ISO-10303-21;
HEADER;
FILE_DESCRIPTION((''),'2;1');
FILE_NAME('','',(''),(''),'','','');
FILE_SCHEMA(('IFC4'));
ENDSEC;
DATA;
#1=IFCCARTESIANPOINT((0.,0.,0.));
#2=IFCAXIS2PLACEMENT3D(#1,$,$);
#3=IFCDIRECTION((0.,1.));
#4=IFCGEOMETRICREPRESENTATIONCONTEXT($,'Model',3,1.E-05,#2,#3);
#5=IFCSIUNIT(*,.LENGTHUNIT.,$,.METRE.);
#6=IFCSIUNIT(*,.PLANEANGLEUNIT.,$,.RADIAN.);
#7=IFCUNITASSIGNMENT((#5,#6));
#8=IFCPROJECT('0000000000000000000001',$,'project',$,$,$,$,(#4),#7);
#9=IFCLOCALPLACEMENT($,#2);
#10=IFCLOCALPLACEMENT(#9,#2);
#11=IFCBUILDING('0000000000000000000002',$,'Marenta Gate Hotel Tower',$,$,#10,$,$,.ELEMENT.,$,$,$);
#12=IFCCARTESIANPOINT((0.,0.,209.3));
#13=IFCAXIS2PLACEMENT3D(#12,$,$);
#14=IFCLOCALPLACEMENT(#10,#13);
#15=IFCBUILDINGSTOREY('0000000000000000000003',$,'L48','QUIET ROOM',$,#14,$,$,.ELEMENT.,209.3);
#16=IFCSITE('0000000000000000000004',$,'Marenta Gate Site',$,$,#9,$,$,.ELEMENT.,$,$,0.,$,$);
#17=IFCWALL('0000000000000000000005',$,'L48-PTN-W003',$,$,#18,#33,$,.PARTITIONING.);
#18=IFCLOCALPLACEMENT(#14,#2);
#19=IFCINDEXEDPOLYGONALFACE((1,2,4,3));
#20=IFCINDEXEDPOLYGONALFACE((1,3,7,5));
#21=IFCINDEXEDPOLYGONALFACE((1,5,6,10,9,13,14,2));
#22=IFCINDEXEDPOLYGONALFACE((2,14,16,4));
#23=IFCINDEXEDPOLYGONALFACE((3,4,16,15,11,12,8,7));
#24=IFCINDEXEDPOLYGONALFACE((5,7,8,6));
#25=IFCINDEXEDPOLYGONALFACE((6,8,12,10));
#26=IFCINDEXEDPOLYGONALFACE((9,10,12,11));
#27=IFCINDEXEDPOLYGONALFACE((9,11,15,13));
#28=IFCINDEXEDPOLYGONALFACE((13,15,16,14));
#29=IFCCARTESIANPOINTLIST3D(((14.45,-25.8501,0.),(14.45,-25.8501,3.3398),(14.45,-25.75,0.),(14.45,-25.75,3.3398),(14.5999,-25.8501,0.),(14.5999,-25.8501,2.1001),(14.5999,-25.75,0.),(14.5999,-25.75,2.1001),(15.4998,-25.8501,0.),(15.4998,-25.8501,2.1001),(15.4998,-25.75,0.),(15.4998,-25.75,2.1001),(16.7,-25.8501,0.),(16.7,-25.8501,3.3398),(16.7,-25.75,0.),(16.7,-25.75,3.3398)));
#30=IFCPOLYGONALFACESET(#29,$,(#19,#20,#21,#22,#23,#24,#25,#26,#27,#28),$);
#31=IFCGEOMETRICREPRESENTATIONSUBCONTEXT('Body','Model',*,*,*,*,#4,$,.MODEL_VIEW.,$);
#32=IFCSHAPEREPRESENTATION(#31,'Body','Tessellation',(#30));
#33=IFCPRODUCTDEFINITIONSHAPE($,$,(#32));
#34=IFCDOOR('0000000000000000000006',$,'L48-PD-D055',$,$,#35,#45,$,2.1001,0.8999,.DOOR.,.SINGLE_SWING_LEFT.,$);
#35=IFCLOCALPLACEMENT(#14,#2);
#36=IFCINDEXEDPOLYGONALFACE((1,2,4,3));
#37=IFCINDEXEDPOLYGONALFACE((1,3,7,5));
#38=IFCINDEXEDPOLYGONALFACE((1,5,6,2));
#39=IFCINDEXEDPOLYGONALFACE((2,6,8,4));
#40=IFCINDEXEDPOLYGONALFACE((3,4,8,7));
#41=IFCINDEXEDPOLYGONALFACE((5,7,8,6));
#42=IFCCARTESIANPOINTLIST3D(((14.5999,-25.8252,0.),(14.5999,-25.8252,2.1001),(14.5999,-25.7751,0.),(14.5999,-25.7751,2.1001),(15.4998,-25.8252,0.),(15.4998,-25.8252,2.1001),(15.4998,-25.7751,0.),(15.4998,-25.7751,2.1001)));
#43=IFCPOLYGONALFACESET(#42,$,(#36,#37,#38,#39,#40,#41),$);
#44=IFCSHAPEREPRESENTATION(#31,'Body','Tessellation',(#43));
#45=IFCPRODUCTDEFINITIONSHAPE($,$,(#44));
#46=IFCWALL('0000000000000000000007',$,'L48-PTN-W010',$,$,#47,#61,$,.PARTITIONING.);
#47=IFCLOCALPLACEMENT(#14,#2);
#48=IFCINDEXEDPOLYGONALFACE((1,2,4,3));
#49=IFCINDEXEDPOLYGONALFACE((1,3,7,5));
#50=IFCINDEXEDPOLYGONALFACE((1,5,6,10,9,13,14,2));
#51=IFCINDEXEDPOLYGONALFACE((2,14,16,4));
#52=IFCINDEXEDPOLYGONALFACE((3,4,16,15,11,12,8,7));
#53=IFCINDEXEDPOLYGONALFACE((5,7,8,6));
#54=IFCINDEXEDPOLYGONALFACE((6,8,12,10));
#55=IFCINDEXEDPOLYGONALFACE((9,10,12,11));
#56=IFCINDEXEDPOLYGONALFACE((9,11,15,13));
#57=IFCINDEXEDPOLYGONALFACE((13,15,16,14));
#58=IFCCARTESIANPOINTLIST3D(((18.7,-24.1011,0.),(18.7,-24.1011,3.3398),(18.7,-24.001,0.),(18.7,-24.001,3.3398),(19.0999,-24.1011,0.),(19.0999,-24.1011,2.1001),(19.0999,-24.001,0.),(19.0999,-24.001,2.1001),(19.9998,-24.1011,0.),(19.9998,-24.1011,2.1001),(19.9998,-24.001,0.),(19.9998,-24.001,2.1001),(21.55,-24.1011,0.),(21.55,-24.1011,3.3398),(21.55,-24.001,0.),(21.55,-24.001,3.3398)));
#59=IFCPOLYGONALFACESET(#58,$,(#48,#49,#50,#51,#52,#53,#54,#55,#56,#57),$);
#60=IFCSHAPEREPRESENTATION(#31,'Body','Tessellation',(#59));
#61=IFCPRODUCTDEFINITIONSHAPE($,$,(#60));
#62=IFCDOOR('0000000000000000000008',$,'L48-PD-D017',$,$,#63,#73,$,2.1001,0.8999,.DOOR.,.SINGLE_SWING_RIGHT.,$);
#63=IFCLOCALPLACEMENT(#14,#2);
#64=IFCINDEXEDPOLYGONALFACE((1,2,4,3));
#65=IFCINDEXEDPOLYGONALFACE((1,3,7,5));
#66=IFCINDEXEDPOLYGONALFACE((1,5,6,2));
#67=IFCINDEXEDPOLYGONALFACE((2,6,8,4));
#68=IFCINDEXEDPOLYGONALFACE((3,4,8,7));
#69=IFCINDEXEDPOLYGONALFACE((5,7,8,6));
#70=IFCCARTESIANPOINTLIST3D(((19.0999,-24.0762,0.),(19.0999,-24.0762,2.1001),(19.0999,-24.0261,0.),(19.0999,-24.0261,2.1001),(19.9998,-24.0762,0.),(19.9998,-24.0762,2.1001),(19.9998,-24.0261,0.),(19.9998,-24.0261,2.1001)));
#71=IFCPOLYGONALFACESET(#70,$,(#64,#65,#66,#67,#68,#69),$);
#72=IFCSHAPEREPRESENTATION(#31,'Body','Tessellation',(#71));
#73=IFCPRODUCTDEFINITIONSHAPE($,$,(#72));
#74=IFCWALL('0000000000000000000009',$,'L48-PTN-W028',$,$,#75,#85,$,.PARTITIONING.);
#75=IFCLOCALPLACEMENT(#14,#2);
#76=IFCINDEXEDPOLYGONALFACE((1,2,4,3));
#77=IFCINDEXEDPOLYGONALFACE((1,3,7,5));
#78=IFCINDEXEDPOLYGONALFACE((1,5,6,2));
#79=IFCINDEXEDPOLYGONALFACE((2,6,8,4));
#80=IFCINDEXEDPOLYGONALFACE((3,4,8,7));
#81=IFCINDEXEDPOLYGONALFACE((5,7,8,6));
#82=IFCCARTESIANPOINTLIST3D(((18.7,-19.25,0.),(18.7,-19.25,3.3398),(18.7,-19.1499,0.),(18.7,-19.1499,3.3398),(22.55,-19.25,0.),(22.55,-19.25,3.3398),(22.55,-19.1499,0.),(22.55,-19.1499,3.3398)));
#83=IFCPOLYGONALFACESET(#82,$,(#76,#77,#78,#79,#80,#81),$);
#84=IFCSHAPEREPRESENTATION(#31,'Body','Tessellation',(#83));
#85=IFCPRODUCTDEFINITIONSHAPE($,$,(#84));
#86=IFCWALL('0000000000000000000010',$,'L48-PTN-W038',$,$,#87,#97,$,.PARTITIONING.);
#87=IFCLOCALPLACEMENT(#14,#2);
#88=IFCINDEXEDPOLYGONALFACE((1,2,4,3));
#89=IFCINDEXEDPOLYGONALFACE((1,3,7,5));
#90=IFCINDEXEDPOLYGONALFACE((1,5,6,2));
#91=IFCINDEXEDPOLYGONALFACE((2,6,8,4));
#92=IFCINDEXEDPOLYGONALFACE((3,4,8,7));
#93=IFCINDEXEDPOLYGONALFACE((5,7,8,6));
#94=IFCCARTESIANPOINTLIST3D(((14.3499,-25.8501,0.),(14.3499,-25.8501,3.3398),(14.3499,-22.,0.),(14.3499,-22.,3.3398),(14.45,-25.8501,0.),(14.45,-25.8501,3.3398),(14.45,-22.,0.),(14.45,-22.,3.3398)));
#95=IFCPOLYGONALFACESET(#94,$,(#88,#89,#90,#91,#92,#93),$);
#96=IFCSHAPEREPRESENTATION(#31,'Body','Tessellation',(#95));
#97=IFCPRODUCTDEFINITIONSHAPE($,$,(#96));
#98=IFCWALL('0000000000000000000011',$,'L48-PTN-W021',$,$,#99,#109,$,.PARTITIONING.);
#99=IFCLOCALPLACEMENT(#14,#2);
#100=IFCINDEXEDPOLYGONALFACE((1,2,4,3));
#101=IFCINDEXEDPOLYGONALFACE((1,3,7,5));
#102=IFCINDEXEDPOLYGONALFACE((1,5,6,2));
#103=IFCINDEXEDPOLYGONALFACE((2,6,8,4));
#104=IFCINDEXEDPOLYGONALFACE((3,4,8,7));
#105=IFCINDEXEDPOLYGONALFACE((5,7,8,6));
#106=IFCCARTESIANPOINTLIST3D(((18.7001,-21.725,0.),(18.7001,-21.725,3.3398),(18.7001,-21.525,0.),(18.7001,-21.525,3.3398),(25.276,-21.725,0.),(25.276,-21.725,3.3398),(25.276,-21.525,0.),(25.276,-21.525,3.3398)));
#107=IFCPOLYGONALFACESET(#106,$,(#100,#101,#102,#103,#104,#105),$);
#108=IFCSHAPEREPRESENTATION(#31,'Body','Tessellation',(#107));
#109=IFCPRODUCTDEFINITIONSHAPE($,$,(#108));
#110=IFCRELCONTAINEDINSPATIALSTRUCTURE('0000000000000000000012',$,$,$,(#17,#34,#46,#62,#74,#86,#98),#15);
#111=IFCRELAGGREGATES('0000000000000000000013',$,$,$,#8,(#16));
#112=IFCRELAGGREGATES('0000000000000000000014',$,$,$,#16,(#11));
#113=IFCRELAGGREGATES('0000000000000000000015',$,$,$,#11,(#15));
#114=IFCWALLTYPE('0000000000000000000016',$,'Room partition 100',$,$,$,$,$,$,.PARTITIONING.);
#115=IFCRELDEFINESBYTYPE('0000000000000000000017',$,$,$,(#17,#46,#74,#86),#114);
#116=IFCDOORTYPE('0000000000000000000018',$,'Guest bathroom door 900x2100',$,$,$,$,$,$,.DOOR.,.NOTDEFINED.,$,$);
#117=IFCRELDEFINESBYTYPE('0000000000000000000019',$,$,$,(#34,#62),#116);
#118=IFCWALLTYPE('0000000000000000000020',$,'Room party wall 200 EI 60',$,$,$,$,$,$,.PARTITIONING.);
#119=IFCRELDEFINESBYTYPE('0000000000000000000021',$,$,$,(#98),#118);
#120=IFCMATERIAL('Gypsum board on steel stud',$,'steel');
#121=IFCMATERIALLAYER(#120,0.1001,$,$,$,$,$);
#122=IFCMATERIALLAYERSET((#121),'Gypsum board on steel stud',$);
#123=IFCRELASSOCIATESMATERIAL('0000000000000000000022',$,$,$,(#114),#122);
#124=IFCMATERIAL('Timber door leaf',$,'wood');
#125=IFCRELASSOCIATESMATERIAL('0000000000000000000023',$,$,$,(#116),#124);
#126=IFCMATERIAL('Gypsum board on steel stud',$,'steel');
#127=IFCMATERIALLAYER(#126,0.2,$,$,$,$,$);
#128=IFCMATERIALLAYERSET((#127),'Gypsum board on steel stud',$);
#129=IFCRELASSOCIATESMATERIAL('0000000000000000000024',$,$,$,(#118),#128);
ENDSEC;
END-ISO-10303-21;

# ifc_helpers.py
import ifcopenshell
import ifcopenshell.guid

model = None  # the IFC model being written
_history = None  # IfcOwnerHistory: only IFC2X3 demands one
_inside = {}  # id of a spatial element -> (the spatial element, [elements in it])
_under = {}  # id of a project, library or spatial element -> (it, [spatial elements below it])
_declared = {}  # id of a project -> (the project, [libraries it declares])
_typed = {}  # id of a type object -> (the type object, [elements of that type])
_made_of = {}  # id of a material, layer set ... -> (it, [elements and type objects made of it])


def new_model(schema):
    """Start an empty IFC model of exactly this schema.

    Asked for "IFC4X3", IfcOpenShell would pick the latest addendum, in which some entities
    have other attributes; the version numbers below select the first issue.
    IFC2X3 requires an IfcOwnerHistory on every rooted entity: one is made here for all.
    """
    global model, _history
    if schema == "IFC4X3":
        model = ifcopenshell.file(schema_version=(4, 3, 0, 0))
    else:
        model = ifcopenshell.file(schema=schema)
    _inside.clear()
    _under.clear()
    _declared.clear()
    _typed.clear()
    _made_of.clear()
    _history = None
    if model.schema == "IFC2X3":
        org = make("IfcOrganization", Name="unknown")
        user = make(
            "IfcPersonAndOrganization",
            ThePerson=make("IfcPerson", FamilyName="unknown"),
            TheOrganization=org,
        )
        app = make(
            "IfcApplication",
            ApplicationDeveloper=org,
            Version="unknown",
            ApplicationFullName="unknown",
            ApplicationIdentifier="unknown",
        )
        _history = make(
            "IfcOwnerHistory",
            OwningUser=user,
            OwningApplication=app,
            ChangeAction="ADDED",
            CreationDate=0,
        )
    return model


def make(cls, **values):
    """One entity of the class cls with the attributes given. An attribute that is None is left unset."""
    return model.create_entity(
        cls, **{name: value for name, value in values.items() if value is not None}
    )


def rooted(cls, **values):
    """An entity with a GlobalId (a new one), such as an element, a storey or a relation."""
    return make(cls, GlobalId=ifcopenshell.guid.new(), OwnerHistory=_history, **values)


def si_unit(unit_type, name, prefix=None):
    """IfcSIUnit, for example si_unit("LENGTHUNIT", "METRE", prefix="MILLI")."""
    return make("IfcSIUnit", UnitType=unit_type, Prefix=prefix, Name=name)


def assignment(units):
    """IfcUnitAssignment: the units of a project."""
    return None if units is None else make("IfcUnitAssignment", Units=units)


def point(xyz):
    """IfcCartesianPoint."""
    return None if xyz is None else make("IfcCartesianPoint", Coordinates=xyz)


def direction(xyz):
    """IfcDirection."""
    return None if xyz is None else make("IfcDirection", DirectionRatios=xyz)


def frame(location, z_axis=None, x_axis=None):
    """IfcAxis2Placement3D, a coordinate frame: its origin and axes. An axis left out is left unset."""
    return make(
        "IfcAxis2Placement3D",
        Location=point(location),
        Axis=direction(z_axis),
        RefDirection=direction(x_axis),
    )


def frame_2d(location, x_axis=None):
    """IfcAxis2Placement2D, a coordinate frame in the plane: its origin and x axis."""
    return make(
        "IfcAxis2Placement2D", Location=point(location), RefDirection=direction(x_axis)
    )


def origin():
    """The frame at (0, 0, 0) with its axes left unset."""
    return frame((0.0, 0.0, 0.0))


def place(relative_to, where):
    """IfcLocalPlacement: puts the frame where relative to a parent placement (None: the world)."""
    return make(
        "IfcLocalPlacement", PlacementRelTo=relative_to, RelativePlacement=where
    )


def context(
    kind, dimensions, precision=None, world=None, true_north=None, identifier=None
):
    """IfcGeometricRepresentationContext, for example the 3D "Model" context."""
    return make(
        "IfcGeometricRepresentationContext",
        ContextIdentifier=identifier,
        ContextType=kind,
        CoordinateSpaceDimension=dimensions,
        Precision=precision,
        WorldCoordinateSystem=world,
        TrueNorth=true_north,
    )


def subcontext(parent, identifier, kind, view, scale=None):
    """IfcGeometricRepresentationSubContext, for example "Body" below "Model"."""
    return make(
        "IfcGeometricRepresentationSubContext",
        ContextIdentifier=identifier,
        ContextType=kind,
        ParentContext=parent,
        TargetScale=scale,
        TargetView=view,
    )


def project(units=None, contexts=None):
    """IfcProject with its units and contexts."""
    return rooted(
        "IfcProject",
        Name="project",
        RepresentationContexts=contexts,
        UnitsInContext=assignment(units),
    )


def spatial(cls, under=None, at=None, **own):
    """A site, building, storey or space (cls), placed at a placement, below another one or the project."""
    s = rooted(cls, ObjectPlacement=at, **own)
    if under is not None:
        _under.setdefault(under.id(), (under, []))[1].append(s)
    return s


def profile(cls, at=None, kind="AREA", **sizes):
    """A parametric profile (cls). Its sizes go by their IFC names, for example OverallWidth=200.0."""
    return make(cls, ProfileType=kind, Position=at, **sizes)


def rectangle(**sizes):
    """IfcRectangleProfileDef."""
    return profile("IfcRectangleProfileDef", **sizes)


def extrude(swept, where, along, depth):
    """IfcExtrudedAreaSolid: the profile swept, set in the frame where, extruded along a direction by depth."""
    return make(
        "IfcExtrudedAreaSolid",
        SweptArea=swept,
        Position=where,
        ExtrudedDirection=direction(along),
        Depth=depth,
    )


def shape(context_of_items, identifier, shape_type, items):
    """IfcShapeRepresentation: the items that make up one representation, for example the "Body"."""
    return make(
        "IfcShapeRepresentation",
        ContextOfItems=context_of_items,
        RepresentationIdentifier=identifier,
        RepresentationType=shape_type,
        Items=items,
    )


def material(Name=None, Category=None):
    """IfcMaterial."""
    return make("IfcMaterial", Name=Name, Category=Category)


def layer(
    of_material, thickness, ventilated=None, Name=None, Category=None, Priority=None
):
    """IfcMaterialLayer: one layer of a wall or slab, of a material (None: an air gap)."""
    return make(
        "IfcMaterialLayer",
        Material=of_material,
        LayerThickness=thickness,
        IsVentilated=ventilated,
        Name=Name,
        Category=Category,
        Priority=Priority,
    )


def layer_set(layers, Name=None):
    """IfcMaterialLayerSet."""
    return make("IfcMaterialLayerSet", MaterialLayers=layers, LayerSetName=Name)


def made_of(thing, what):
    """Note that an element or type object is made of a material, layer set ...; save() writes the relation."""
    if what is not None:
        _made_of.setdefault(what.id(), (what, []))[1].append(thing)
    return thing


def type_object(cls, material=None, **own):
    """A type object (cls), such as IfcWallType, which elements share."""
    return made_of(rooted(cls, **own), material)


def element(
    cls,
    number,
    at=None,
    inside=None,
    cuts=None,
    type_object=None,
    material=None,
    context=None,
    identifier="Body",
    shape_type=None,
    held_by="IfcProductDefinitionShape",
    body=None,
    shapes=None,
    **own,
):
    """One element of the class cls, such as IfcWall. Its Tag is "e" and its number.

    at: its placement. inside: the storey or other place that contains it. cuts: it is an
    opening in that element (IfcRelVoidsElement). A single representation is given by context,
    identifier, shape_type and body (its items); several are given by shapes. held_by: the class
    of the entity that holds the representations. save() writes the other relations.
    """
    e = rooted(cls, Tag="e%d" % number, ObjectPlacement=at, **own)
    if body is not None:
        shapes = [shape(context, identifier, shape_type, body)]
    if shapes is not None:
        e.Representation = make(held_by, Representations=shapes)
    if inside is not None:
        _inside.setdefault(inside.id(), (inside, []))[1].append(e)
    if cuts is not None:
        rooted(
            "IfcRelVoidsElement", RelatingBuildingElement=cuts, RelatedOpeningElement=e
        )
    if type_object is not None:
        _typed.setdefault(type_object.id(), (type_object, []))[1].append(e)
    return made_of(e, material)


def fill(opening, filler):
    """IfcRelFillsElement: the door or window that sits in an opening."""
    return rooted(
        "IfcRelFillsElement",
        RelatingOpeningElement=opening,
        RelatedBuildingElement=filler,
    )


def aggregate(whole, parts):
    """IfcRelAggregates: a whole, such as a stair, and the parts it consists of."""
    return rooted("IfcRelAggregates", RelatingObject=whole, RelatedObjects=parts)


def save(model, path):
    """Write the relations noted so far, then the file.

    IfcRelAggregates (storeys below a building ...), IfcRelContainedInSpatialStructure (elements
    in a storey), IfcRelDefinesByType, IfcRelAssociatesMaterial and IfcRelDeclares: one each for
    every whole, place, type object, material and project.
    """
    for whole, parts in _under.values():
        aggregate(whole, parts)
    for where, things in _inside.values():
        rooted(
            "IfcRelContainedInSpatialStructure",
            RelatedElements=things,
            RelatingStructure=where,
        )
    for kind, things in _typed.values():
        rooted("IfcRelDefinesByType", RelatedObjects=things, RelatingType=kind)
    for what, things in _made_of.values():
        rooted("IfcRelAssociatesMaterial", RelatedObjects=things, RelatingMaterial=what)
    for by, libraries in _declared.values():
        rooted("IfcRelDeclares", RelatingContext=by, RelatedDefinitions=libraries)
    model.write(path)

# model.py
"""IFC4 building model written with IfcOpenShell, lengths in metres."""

from ifc_helpers import new_model, si_unit, direction, frame, frame_2d, origin, place, context, subcontext, project, spatial, rectangle, extrude, material, layer, layer_set, type_object, element, fill, save


model = new_model("IFC4")

# Units and contexts
model_context = context("Model", 3, precision=1e-05, world=origin(), true_north=direction((0.0, 1.0)))
body_context = subcontext(model_context, "Body", "Model", "MODEL_VIEW")
ifc_project = project(units=[si_unit("LENGTHUNIT", "METRE"), si_unit("PLANEANGLEUNIT", "RADIAN")], contexts=[model_context])

# Site, building, storey
site_placement = place(None, origin())
site = spatial("IfcSite", under=ifc_project, at=site_placement, Name="Marenta Gate Site", CompositionType="ELEMENT", RefElevation=0.0)
building_placement = place(site_placement, origin())
building = spatial("IfcBuilding", under=site, at=building_placement, Name="Marenta Gate Hotel Tower", CompositionType="ELEMENT")
storey_placement = place(building_placement, frame((0.0, 0.0, 209.3)))
storey = spatial("IfcBuildingStorey", under=building, at=storey_placement, Name="L48", Description="QUIET ROOM", CompositionType="ELEMENT", Elevation=209.3)

# Walls, openings, doors
ifc_material_1 = material(Name="Gypsum board on steel stud", Category="steel")
ifc_layer_1 = layer(ifc_material_1, 0.1001)
ifc_layer_set_1 = layer_set([ifc_layer_1], Name="Gypsum board on steel stud")
wall_type_1 = type_object("IfcWallType", Name="Room partition 100", PredefinedType="PARTITIONING", material=ifc_layer_set_1)
wall_1_placement = place(storey_placement, frame((14.45, -25.8, 0.0), z_axis=(0.0, 0.0, 1.0), x_axis=(1.0, 0.0, 0.0)))
wall_1 = element("IfcWall", 1, at=wall_1_placement, inside=storey, type_object=wall_type_1, Name="L48-PTN-W003", PredefinedType="PARTITIONING", context=body_context, shape_type="SweptSolid", body=[
    extrude(rectangle(XDim=2.25, YDim=0.1001, at=frame_2d((1.125, 0.0))), origin(), (0.0, 0.0, 1.0), 3.3398),
])
opening_1_placement = place(wall_1_placement, frame((0.1499, 0.0, 0.0)))
opening_1 = element("IfcOpeningElement", 2, at=opening_1_placement, cuts=wall_1, PredefinedType="OPENING", context=body_context, shape_type="SweptSolid", body=[
    extrude(rectangle(XDim=0.8999, YDim=2.1001, at=frame_2d((0.45, 1.05))), frame((0.0, 0.05, 0.0), z_axis=(0.0, -1.0, 0.0), x_axis=(1.0, 0.0, 0.0)), (0.0, 0.0, 1.0), 0.1001),
])
ifc_material_2 = material(Name="Timber door leaf", Category="wood")
door_type_1 = type_object("IfcDoorType", Name="Guest bathroom door 900x2100", OperationType="NOTDEFINED", PredefinedType="DOOR", material=ifc_material_2)
door_1_placement = place(opening_1_placement, origin())
door_1 = element("IfcDoor", 3, at=door_1_placement, inside=storey, type_object=door_type_1, Name="L48-PD-D055", OperationType="SINGLE_SWING_LEFT", OverallHeight=2.1001, OverallWidth=0.8999, PredefinedType="DOOR", context=body_context, shape_type="SweptSolid", body=[
    extrude(rectangle(XDim=0.8999, YDim=2.1001, at=frame_2d((0.45, 1.05))), frame((0.0, 0.0249, 0.0), z_axis=(0.0, -1.0, 0.0), x_axis=(1.0, 0.0, 0.0)), (0.0, 0.0, 1.0), 0.05),
])
fill(opening_1, door_1)
wall_2_placement = place(storey_placement, frame((18.7, -24.051, 0.0), z_axis=(0.0, 0.0, 1.0), x_axis=(1.0, 0.0, 0.0)))
wall_2 = element("IfcWall", 4, at=wall_2_placement, inside=storey, type_object=wall_type_1, Name="L48-PTN-W010", PredefinedType="PARTITIONING", context=body_context, shape_type="SweptSolid", body=[
    extrude(rectangle(XDim=2.8501, YDim=0.1001, at=frame_2d((1.425, 0.0))), origin(), (0.0, 0.0, 1.0), 3.3398),
])
opening_2_placement = place(wall_2_placement, frame((0.3999, 0.0, 0.0)))
opening_2 = element("IfcOpeningElement", 5, at=opening_2_placement, cuts=wall_2, PredefinedType="OPENING", context=body_context, shape_type="SweptSolid", body=[
    extrude(rectangle(XDim=0.8999, YDim=2.1001, at=frame_2d((0.45, 1.05))), frame((0.0, 0.05, 0.0), z_axis=(0.0, -1.0, 0.0), x_axis=(1.0, 0.0, 0.0)), (0.0, 0.0, 1.0), 0.1001),
])
door_2_placement = place(opening_2_placement, origin())
door_2 = element("IfcDoor", 6, at=door_2_placement, inside=storey, type_object=door_type_1, Name="L48-PD-D017", OperationType="SINGLE_SWING_RIGHT", OverallHeight=2.1001, OverallWidth=0.8999, PredefinedType="DOOR", context=body_context, shape_type="SweptSolid", body=[
    extrude(rectangle(XDim=0.8999, YDim=2.1001, at=frame_2d((0.45, 1.05))), frame((0.0, 0.0249, 0.0), z_axis=(0.0, -1.0, 0.0), x_axis=(1.0, 0.0, 0.0)), (0.0, 0.0, 1.0), 0.05),
])
fill(opening_2, door_2)

# Walls
for number, where, z_axis, x_axis, name in (
    (7, (18.7, -19.2, 0.0), (0.0, 0.0, 1.0), (1.0, 0.0, 0.0), "L48-PTN-W028"),
    (8, (14.3999, -25.8501, 0.0), (0.0, 0.0, 1.0), (0.0, 1.0, 0.0), "L48-PTN-W038"),
):
    element("IfcWall", number, at=place(storey_placement, frame(where, z_axis=z_axis, x_axis=x_axis)), inside=storey, type_object=wall_type_1, Name=name, PredefinedType="PARTITIONING", context=body_context, shape_type="SweptSolid", body=[
        extrude(rectangle(XDim=3.8501, YDim=0.1001, at=frame_2d((1.925, 0.0))), origin(), (0.0, 0.0, 1.0), 3.3398),
    ])
ifc_material_3 = material(Name="Gypsum board on steel stud", Category="steel")
ifc_layer_2 = layer(ifc_material_3, 0.2)
ifc_layer_set_2 = layer_set([ifc_layer_2], Name="Gypsum board on steel stud")
wall_type_2 = type_object("IfcWallType", Name="Room party wall 200 EI 60", PredefinedType="PARTITIONING", material=ifc_layer_set_2)
wall_3_placement = place(storey_placement, frame((18.7, -21.625, 0.0), z_axis=(0.0, 0.0, 1.0), x_axis=(1.0, 0.0, 0.0)))
element("IfcWall", 9, at=wall_3_placement, inside=storey, type_object=wall_type_2, Name="L48-PTN-W021", PredefinedType="PARTITIONING", context=body_context, shape_type="SweptSolid", body=[
    extrude(rectangle(XDim=6.5759, YDim=0.2, at=frame_2d((3.2881, 0.0))), origin(), (0.0, 0.0, 1.0), 3.3398),
])

save(model, "model.ifc")
